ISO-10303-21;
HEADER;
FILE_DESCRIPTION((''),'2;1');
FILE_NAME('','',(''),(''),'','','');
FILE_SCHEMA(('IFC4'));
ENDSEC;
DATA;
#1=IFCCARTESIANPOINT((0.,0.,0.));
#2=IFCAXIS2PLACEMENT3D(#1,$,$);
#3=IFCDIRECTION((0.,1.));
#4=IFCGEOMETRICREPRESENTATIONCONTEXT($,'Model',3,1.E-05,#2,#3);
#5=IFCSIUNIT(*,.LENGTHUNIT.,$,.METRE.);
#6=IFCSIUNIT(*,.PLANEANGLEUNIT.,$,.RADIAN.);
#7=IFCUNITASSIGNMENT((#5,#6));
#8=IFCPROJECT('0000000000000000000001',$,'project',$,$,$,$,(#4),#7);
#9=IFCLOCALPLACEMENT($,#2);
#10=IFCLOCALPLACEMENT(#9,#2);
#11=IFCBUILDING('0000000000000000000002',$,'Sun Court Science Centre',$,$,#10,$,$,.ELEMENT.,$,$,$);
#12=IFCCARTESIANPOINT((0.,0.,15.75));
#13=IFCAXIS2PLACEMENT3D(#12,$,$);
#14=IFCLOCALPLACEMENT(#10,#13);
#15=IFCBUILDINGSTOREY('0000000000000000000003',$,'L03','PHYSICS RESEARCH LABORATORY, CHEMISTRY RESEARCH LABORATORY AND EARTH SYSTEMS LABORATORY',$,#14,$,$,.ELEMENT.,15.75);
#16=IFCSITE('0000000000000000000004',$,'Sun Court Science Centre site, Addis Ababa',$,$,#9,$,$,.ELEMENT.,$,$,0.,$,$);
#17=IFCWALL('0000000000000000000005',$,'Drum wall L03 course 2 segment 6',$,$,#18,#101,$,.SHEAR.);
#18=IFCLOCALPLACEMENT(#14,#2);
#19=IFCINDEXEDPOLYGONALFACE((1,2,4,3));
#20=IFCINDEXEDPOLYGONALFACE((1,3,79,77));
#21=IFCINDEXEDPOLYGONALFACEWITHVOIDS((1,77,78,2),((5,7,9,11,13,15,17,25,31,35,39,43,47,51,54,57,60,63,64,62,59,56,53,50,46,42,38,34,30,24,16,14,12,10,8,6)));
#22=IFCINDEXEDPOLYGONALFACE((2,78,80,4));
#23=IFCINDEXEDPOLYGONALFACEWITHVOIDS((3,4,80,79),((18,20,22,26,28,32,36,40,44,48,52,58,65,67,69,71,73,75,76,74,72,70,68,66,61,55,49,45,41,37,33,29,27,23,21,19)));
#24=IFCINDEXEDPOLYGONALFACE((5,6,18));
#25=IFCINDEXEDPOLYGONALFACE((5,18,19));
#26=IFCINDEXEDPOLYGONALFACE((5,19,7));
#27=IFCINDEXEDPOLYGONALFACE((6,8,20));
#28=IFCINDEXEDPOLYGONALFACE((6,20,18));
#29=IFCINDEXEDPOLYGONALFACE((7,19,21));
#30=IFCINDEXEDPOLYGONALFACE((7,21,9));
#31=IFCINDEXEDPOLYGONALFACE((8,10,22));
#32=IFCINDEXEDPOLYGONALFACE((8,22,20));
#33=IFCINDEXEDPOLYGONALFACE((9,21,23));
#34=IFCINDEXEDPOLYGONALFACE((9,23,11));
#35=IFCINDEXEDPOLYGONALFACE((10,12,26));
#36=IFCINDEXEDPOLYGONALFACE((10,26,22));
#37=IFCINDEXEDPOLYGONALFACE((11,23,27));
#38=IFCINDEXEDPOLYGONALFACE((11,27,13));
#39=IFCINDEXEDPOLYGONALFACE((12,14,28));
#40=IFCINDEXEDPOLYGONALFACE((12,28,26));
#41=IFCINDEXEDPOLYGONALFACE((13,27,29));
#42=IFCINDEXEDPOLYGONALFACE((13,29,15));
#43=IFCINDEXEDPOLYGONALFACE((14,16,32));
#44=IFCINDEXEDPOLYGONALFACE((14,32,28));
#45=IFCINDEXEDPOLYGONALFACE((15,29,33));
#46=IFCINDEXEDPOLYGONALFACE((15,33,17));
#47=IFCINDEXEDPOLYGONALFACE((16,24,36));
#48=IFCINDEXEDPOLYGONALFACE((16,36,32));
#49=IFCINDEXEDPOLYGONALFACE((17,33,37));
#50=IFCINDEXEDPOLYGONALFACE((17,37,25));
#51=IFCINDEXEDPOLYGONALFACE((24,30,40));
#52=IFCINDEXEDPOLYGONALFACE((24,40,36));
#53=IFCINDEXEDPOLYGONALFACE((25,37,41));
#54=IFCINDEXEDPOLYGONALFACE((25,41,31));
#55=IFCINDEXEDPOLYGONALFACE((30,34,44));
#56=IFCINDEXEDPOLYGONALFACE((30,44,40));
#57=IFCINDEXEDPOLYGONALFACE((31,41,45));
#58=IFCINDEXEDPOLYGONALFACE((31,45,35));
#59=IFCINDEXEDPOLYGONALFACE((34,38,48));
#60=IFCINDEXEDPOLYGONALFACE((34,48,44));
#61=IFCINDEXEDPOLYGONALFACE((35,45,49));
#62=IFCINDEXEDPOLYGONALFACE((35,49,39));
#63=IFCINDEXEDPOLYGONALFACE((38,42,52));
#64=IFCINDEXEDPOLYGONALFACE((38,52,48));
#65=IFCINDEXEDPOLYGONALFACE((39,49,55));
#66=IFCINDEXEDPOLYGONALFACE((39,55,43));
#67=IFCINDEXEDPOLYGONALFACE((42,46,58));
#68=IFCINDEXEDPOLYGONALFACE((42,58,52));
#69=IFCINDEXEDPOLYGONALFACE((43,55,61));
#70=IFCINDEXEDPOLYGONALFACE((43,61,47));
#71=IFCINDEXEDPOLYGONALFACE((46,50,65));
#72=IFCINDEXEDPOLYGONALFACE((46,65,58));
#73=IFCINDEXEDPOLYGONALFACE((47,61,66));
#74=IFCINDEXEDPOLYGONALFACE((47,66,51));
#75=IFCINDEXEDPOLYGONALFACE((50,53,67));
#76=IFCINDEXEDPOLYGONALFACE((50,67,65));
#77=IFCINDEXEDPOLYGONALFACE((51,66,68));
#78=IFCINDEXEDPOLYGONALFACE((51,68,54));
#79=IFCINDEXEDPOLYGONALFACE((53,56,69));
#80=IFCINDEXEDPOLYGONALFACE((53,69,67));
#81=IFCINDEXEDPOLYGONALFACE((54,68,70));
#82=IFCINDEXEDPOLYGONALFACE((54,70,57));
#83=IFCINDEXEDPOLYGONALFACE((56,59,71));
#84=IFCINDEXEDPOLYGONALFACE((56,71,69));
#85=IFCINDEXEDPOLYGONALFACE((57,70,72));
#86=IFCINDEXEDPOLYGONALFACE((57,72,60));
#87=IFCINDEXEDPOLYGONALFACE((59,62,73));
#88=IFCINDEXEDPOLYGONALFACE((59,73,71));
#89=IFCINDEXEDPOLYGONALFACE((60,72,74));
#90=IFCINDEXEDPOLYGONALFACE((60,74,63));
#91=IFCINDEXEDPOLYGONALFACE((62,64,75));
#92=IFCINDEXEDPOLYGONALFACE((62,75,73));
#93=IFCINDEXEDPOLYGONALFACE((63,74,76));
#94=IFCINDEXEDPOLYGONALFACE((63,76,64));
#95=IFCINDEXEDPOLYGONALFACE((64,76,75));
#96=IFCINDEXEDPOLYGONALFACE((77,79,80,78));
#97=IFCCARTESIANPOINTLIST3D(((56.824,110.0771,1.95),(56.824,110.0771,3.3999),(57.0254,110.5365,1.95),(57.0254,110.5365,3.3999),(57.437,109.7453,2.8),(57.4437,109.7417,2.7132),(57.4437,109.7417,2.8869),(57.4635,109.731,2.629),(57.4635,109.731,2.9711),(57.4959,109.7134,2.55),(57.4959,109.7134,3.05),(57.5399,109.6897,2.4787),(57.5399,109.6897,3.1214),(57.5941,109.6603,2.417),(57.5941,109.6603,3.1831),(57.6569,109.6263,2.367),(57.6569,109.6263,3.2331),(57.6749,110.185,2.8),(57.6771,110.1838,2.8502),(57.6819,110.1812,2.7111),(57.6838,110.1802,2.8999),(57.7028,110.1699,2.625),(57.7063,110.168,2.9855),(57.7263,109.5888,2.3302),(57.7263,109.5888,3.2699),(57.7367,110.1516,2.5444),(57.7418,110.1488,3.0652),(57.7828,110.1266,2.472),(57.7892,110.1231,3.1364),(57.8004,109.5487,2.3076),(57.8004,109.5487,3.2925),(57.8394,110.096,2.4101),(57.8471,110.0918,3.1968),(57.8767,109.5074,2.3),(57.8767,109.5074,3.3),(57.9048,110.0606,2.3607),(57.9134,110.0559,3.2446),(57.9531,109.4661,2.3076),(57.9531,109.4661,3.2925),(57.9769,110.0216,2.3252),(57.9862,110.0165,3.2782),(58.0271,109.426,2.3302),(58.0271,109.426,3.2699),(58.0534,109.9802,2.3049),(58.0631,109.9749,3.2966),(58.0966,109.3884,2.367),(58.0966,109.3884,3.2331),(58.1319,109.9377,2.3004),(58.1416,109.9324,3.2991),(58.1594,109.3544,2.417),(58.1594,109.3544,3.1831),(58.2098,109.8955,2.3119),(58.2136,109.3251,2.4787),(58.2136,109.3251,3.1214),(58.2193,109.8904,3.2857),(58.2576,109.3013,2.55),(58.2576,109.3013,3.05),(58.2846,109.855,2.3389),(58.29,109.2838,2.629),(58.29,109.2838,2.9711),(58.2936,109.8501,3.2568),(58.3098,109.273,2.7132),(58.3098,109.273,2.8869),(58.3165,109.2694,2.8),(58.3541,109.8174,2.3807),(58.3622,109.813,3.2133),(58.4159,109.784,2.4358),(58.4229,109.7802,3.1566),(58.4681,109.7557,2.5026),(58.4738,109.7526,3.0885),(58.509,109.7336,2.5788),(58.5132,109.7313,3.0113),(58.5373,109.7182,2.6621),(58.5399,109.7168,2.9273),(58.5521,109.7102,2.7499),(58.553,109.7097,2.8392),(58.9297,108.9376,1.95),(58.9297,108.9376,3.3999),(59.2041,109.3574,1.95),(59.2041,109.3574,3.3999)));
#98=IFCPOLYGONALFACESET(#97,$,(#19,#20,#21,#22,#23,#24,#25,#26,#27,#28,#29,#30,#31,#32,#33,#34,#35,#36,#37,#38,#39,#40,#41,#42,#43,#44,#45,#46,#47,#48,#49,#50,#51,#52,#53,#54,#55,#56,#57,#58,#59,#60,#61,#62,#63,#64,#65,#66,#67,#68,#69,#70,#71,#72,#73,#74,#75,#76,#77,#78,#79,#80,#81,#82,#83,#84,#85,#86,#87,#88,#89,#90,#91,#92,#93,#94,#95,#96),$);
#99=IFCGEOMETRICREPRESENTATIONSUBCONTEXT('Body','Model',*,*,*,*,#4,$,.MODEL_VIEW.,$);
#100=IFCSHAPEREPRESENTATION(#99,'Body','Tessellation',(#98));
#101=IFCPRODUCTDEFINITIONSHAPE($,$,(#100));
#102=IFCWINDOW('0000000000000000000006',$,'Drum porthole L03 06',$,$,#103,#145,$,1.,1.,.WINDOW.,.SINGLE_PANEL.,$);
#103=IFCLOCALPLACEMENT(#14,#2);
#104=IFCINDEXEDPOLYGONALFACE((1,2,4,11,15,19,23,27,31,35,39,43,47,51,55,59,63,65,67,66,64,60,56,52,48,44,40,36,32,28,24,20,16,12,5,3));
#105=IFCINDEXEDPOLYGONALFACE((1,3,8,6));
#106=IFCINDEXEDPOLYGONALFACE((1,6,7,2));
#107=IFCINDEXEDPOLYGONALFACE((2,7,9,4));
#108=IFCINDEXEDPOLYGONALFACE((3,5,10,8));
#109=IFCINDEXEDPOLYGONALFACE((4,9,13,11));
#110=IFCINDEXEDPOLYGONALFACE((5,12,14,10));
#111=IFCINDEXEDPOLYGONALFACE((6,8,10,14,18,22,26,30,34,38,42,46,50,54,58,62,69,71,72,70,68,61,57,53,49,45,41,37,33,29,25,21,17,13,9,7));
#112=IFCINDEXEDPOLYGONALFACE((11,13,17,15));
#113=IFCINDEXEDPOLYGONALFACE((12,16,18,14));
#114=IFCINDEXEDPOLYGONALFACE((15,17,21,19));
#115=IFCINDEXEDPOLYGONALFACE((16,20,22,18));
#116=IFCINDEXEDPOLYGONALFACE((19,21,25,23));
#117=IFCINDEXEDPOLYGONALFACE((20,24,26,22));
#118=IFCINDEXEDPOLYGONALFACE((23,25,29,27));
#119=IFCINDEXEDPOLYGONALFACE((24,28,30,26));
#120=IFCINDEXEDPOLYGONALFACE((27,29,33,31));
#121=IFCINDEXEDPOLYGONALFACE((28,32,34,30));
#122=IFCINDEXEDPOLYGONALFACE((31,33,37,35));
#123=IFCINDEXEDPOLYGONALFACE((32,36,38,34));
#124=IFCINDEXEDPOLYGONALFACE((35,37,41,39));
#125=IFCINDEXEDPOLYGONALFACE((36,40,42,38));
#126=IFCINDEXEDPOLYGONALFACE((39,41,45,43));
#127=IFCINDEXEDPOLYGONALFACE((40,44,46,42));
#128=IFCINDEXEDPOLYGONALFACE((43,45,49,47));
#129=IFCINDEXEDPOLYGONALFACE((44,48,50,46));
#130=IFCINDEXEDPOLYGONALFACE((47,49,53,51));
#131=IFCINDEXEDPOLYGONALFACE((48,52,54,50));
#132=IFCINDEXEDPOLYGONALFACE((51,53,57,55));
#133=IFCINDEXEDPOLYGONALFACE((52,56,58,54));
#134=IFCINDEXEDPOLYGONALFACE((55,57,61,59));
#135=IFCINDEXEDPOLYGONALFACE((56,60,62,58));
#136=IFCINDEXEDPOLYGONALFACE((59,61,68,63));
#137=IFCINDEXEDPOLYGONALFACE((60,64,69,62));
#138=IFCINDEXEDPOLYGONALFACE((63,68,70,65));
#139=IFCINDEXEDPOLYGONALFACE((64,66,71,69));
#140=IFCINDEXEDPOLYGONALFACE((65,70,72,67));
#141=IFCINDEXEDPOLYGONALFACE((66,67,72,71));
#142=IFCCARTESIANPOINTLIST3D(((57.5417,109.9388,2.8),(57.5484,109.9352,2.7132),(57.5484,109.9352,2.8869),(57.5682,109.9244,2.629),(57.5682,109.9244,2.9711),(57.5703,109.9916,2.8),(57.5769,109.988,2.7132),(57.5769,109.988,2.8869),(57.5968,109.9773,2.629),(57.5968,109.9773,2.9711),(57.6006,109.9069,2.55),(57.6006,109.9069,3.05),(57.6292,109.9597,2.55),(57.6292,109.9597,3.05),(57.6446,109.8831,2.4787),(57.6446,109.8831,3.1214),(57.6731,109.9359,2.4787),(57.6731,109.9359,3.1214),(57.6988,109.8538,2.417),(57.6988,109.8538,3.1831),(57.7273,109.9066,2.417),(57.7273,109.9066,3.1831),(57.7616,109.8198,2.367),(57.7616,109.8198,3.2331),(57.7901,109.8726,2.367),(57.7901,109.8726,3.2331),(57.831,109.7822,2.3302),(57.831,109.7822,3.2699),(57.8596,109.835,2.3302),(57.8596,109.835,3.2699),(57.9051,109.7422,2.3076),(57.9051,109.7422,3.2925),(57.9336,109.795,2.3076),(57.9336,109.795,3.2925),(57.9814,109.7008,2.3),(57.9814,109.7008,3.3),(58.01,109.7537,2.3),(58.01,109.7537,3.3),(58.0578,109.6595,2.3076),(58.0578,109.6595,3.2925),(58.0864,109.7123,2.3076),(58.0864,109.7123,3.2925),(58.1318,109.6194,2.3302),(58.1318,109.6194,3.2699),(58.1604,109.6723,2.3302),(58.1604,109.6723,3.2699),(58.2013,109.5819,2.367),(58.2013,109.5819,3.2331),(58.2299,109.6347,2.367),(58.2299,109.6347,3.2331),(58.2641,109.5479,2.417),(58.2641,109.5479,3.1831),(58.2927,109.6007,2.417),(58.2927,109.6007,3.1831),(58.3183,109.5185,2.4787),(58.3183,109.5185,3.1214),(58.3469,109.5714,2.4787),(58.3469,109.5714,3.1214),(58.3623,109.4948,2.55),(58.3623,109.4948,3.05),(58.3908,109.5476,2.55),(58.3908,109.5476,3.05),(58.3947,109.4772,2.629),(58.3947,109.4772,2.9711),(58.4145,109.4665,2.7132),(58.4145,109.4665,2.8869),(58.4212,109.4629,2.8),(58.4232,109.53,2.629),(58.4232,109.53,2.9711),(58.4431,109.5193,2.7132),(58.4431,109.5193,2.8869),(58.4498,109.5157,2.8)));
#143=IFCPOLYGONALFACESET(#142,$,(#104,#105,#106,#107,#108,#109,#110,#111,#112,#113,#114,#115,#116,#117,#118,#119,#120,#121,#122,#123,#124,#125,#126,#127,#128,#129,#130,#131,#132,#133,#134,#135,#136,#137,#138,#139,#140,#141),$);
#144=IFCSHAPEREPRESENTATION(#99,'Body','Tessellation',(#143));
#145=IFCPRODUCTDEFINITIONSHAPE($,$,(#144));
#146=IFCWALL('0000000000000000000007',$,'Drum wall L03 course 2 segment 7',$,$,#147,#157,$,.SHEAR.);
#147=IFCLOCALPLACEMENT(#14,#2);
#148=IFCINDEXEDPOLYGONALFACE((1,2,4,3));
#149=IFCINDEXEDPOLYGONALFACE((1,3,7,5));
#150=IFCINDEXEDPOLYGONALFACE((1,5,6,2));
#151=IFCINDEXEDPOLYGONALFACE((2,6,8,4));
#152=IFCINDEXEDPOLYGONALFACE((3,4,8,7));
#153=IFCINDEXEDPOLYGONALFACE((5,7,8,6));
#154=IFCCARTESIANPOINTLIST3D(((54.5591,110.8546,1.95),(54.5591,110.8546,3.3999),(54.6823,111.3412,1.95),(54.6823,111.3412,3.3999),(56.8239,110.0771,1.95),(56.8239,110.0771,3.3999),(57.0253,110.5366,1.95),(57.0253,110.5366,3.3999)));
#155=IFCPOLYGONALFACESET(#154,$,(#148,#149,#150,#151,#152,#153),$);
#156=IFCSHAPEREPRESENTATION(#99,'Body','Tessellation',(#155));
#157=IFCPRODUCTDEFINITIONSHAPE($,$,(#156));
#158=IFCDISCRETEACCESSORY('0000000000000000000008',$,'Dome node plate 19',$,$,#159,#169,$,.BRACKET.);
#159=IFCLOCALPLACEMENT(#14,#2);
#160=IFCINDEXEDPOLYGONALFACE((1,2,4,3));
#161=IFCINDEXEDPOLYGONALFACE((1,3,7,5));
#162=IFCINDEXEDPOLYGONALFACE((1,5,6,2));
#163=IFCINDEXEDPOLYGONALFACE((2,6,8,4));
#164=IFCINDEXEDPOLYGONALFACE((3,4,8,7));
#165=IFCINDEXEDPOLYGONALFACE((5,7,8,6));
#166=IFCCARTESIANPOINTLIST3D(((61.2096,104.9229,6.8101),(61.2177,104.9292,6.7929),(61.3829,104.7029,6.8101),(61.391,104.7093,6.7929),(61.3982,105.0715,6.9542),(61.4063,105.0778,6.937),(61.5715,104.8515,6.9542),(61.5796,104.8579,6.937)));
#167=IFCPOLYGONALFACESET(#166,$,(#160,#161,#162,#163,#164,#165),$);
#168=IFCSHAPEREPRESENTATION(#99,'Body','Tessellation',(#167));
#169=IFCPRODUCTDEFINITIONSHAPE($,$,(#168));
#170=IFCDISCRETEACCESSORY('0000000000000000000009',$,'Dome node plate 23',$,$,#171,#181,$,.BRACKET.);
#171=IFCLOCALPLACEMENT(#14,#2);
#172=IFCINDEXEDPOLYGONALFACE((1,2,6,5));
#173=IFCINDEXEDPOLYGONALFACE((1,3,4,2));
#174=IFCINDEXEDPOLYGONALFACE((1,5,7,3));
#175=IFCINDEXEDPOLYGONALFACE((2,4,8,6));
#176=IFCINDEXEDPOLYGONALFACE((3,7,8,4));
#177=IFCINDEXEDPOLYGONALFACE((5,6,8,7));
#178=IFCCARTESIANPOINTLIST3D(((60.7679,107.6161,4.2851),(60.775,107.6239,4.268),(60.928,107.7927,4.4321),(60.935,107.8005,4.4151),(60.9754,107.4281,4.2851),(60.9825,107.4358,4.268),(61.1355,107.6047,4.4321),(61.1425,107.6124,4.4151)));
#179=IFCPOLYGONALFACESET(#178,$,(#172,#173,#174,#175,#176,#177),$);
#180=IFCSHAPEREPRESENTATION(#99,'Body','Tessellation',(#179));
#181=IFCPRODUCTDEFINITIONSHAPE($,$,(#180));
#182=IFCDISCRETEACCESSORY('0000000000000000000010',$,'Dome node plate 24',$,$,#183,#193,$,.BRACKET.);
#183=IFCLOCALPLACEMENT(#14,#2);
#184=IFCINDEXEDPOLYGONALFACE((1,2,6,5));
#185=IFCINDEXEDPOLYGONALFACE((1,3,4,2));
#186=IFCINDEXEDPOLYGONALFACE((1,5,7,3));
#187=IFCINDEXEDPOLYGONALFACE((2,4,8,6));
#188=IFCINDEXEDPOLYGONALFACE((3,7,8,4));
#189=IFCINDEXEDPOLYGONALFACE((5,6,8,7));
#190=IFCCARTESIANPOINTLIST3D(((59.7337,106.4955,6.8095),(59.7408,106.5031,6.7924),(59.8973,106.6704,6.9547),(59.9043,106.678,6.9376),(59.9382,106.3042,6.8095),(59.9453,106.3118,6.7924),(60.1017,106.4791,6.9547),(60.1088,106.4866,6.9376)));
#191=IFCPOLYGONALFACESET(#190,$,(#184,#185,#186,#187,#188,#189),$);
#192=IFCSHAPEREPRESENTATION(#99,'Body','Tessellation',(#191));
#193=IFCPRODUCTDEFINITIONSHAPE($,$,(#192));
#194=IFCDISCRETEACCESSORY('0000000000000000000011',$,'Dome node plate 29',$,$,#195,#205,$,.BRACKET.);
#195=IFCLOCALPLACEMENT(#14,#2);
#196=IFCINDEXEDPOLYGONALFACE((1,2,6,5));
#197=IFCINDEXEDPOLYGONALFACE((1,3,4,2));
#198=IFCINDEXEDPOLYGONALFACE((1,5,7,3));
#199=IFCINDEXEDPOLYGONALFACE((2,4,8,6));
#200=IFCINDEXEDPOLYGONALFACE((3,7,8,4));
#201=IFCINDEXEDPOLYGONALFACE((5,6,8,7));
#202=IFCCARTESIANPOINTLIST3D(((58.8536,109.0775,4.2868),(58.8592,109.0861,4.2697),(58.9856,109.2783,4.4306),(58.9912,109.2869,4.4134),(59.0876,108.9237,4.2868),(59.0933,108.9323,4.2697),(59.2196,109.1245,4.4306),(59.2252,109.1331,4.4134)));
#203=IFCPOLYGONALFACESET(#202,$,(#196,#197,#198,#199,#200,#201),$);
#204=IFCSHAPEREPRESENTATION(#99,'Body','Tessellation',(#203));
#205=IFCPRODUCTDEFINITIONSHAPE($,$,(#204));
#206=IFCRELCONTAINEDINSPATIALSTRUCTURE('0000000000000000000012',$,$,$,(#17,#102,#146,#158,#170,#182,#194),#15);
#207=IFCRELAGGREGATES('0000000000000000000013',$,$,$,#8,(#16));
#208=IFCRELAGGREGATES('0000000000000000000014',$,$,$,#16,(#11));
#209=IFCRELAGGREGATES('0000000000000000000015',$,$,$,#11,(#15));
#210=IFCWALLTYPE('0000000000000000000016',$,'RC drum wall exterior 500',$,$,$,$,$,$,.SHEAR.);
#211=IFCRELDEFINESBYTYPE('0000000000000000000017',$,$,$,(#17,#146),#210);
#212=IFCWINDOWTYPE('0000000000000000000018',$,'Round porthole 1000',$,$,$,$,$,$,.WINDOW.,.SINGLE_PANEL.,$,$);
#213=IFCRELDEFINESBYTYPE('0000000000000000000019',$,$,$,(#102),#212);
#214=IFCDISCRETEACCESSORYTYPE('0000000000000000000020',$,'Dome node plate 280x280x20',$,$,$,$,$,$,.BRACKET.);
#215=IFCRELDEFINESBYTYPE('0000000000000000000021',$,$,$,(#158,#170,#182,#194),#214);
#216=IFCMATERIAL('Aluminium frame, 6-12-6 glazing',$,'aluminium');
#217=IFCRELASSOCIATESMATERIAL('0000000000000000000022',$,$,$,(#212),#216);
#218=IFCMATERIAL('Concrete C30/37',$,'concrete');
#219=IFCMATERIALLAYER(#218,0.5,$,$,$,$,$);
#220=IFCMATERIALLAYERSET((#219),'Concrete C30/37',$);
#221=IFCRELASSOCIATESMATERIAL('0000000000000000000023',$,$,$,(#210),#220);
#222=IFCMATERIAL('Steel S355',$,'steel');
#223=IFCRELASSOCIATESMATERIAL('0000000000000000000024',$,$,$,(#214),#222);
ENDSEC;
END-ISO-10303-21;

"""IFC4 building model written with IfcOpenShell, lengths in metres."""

from ifc_helpers import new_model, si_unit, direction, frame, frame_2d, origin, origin_2d, place, context, subcontext, project, spatial, polyline, rectangle, circle, outline, extrude, material, layer, layer_set, material_profile, profile_set, type_object, element, fill, save


model = new_model("IFC4")

# Units and contexts
model_context = context("Model", 3, precision=1e-05, world=origin(), true_north=direction((0.0, 1.0)))
body_context = subcontext(model_context, "Body", "Model", "MODEL_VIEW")
ifc_project = project(units=[si_unit("LENGTHUNIT", "METRE"), si_unit("PLANEANGLEUNIT", "RADIAN")], contexts=[model_context])

# Site, building, storey
site_placement = place(None, origin())
site = spatial("IfcSite", under=ifc_project, at=site_placement, Name="Sun Court Science Centre site, Addis Ababa", CompositionType="ELEMENT", RefElevation=0.0)
building_placement = place(site_placement, origin())
building = spatial("IfcBuilding", under=site, at=building_placement, Name="Sun Court Science Centre", CompositionType="ELEMENT")
storey_placement = place(building_placement, frame((0.0, 0.0, 15.75)))
storey = spatial("IfcBuildingStorey", under=building, at=storey_placement, Name="L03", Description="PHYSICS RESEARCH LABORATORY, CHEMISTRY RESEARCH LABORATORY AND EARTH SYSTEMS LABORATORY", CompositionType="ELEMENT", Elevation=15.75)

# Shared definitions
ifc_material_1 = material(Name="Aluminium frame, 6-12-6 glazing", Category="aluminium")
window_type = type_object("IfcWindowType", Name="Round porthole 1000", PartitioningType="SINGLE_PANEL", PredefinedType="WINDOW", material=ifc_material_1)

# Shared definitions
ifc_material_2 = material(Name="Concrete C30/37", Category="concrete")
ifc_layer_1 = layer(ifc_material_2, 0.5)
ifc_layer_set_1 = layer_set([ifc_layer_1], Name="Concrete C30/37")
wall_type_1 = type_object("IfcWallType", Name="RC drum wall exterior 500", PredefinedType="SHEAR", material=ifc_layer_set_1)

# Wall, opening, window
wall_1_placement = place(storey_placement, frame((59.0852, 109.1377, 1.95), z_axis=(0.0, 0.0, 1.0), x_axis=(-0.879491, 0.475915, 0.0)))
wall_1 = element("IfcWall", 1, at=wall_1_placement, inside=storey, type_object=wall_type_1, Name="Drum wall L03 course 2 segment 6", PredefinedType="SHEAR", context=body_context, shape_type="SweptSolid", body=[
    extrude(outline(polyline([(0.0, -0.2498), (2.4773, -0.25), (2.4358, 0.25), (0.0415, 0.25), (0.0, -0.2498)])), origin(), (0.0, 0.0, 1.0), 1.45),
])
opening_1_placement = place(wall_1_placement, frame((0.7388, 0.0, 0.3501)))
opening_1 = element("IfcOpeningElement", 2, at=opening_1_placement, cuts=wall_1, PredefinedType="OPENING", context=body_context, shape_type="SweptSolid", body=[
    extrude(circle(Radius=0.5, at=frame_2d((0.5, 0.5))), frame((0.0, 0.26, 0.0), z_axis=(0.0, -1.0, 0.0), x_axis=(1.0, 0.0, 0.0)), (0.0, 0.0, 1.0), 0.52),
])
window_1_placement = place(opening_1_placement, origin())
window_1 = element("IfcWindow", 3, at=window_1_placement, inside=storey, type_object=window_type, Name="Drum porthole L03 06", OverallHeight=1.0, OverallWidth=1.0, PartitioningType="SINGLE_PANEL", PredefinedType="WINDOW", context=body_context, shape_type="SweptSolid", body=[
    extrude(circle(Radius=0.5, at=frame_2d((0.5, 0.5))), frame((0.0, 0.03, 0.0), z_axis=(0.0, -1.0, 0.0), x_axis=(1.0, 0.0, 0.0)), (0.0, 0.0, 1.0), 0.0601),
])
fill(opening_1, window_1)

# Wall
wall_2_placement = place(storey_placement, frame((56.9443, 110.3, 1.95), z_axis=(0.0, 0.0, 1.0), x_axis=(-0.945817, 0.3247, 0.0)))
element("IfcWall", 4, at=wall_2_placement, inside=storey, type_object=wall_type_1, Name="Drum wall L03 course 2 segment 7", PredefinedType="SHEAR", context=body_context, shape_type="SweptSolid", body=[
    extrude(outline(polyline([(0.0002, -0.25), (2.4775, -0.2502), (2.436, 0.25), (0.0415, 0.25), (0.0002, -0.25)])), origin(), (0.0, 0.0, 1.0), 1.45),
])

# Discrete accessories
ifc_material_3 = material(Name="Steel S355", Category="steel")
ifc_material_profile_1 = material_profile(ifc_material_3, rectangle(XDim=0.28, YDim=0.28, at=origin_2d()), Name="PL 280x280")
ifc_profile_set_1 = profile_set([ifc_material_profile_1], Name="Steel S355")
discrete_accessory_type = type_object("IfcDiscreteAccessoryType", Name="Dome node plate 280x280x20", PredefinedType="BRACKET", material=ifc_profile_set_1)
for number, where, z_axis, x_axis, name in (
    (5, (61.3987, 104.8936, 6.865), (-0.404216, -0.318473, 0.857429), (0.618872, -0.785492, 0.0), "Dome node plate 19"),
    (6, (60.9587, 107.6182, 4.3416), (-0.352585, -0.38906, 0.851068), (0.740987, -0.671519, 0.0), "Dome node plate 23"),
    (7, (59.9248, 106.4949, 6.865), (-0.354239, -0.378669, 0.855058), (0.730271, -0.683157, 0.0), "Dome node plate 24"),
    (8, (59.0422, 109.1096, 4.3416), (-0.281959, -0.429069, 0.858137), (0.835705, -0.549178, 0.0), "Dome node plate 29"),
):
    element("IfcDiscreteAccessory", number, at=place(storey_placement, frame(where, z_axis=z_axis, x_axis=x_axis)), inside=storey, type_object=discrete_accessory_type, Name=name, PredefinedType="BRACKET", context=body_context, shape_type="SweptSolid", body=[
        extrude(rectangle(XDim=0.28, YDim=0.28, at=origin_2d()), origin(), (0.0, 0.0, 1.0), 0.02),
    ])

save(model, "model.ifc")
